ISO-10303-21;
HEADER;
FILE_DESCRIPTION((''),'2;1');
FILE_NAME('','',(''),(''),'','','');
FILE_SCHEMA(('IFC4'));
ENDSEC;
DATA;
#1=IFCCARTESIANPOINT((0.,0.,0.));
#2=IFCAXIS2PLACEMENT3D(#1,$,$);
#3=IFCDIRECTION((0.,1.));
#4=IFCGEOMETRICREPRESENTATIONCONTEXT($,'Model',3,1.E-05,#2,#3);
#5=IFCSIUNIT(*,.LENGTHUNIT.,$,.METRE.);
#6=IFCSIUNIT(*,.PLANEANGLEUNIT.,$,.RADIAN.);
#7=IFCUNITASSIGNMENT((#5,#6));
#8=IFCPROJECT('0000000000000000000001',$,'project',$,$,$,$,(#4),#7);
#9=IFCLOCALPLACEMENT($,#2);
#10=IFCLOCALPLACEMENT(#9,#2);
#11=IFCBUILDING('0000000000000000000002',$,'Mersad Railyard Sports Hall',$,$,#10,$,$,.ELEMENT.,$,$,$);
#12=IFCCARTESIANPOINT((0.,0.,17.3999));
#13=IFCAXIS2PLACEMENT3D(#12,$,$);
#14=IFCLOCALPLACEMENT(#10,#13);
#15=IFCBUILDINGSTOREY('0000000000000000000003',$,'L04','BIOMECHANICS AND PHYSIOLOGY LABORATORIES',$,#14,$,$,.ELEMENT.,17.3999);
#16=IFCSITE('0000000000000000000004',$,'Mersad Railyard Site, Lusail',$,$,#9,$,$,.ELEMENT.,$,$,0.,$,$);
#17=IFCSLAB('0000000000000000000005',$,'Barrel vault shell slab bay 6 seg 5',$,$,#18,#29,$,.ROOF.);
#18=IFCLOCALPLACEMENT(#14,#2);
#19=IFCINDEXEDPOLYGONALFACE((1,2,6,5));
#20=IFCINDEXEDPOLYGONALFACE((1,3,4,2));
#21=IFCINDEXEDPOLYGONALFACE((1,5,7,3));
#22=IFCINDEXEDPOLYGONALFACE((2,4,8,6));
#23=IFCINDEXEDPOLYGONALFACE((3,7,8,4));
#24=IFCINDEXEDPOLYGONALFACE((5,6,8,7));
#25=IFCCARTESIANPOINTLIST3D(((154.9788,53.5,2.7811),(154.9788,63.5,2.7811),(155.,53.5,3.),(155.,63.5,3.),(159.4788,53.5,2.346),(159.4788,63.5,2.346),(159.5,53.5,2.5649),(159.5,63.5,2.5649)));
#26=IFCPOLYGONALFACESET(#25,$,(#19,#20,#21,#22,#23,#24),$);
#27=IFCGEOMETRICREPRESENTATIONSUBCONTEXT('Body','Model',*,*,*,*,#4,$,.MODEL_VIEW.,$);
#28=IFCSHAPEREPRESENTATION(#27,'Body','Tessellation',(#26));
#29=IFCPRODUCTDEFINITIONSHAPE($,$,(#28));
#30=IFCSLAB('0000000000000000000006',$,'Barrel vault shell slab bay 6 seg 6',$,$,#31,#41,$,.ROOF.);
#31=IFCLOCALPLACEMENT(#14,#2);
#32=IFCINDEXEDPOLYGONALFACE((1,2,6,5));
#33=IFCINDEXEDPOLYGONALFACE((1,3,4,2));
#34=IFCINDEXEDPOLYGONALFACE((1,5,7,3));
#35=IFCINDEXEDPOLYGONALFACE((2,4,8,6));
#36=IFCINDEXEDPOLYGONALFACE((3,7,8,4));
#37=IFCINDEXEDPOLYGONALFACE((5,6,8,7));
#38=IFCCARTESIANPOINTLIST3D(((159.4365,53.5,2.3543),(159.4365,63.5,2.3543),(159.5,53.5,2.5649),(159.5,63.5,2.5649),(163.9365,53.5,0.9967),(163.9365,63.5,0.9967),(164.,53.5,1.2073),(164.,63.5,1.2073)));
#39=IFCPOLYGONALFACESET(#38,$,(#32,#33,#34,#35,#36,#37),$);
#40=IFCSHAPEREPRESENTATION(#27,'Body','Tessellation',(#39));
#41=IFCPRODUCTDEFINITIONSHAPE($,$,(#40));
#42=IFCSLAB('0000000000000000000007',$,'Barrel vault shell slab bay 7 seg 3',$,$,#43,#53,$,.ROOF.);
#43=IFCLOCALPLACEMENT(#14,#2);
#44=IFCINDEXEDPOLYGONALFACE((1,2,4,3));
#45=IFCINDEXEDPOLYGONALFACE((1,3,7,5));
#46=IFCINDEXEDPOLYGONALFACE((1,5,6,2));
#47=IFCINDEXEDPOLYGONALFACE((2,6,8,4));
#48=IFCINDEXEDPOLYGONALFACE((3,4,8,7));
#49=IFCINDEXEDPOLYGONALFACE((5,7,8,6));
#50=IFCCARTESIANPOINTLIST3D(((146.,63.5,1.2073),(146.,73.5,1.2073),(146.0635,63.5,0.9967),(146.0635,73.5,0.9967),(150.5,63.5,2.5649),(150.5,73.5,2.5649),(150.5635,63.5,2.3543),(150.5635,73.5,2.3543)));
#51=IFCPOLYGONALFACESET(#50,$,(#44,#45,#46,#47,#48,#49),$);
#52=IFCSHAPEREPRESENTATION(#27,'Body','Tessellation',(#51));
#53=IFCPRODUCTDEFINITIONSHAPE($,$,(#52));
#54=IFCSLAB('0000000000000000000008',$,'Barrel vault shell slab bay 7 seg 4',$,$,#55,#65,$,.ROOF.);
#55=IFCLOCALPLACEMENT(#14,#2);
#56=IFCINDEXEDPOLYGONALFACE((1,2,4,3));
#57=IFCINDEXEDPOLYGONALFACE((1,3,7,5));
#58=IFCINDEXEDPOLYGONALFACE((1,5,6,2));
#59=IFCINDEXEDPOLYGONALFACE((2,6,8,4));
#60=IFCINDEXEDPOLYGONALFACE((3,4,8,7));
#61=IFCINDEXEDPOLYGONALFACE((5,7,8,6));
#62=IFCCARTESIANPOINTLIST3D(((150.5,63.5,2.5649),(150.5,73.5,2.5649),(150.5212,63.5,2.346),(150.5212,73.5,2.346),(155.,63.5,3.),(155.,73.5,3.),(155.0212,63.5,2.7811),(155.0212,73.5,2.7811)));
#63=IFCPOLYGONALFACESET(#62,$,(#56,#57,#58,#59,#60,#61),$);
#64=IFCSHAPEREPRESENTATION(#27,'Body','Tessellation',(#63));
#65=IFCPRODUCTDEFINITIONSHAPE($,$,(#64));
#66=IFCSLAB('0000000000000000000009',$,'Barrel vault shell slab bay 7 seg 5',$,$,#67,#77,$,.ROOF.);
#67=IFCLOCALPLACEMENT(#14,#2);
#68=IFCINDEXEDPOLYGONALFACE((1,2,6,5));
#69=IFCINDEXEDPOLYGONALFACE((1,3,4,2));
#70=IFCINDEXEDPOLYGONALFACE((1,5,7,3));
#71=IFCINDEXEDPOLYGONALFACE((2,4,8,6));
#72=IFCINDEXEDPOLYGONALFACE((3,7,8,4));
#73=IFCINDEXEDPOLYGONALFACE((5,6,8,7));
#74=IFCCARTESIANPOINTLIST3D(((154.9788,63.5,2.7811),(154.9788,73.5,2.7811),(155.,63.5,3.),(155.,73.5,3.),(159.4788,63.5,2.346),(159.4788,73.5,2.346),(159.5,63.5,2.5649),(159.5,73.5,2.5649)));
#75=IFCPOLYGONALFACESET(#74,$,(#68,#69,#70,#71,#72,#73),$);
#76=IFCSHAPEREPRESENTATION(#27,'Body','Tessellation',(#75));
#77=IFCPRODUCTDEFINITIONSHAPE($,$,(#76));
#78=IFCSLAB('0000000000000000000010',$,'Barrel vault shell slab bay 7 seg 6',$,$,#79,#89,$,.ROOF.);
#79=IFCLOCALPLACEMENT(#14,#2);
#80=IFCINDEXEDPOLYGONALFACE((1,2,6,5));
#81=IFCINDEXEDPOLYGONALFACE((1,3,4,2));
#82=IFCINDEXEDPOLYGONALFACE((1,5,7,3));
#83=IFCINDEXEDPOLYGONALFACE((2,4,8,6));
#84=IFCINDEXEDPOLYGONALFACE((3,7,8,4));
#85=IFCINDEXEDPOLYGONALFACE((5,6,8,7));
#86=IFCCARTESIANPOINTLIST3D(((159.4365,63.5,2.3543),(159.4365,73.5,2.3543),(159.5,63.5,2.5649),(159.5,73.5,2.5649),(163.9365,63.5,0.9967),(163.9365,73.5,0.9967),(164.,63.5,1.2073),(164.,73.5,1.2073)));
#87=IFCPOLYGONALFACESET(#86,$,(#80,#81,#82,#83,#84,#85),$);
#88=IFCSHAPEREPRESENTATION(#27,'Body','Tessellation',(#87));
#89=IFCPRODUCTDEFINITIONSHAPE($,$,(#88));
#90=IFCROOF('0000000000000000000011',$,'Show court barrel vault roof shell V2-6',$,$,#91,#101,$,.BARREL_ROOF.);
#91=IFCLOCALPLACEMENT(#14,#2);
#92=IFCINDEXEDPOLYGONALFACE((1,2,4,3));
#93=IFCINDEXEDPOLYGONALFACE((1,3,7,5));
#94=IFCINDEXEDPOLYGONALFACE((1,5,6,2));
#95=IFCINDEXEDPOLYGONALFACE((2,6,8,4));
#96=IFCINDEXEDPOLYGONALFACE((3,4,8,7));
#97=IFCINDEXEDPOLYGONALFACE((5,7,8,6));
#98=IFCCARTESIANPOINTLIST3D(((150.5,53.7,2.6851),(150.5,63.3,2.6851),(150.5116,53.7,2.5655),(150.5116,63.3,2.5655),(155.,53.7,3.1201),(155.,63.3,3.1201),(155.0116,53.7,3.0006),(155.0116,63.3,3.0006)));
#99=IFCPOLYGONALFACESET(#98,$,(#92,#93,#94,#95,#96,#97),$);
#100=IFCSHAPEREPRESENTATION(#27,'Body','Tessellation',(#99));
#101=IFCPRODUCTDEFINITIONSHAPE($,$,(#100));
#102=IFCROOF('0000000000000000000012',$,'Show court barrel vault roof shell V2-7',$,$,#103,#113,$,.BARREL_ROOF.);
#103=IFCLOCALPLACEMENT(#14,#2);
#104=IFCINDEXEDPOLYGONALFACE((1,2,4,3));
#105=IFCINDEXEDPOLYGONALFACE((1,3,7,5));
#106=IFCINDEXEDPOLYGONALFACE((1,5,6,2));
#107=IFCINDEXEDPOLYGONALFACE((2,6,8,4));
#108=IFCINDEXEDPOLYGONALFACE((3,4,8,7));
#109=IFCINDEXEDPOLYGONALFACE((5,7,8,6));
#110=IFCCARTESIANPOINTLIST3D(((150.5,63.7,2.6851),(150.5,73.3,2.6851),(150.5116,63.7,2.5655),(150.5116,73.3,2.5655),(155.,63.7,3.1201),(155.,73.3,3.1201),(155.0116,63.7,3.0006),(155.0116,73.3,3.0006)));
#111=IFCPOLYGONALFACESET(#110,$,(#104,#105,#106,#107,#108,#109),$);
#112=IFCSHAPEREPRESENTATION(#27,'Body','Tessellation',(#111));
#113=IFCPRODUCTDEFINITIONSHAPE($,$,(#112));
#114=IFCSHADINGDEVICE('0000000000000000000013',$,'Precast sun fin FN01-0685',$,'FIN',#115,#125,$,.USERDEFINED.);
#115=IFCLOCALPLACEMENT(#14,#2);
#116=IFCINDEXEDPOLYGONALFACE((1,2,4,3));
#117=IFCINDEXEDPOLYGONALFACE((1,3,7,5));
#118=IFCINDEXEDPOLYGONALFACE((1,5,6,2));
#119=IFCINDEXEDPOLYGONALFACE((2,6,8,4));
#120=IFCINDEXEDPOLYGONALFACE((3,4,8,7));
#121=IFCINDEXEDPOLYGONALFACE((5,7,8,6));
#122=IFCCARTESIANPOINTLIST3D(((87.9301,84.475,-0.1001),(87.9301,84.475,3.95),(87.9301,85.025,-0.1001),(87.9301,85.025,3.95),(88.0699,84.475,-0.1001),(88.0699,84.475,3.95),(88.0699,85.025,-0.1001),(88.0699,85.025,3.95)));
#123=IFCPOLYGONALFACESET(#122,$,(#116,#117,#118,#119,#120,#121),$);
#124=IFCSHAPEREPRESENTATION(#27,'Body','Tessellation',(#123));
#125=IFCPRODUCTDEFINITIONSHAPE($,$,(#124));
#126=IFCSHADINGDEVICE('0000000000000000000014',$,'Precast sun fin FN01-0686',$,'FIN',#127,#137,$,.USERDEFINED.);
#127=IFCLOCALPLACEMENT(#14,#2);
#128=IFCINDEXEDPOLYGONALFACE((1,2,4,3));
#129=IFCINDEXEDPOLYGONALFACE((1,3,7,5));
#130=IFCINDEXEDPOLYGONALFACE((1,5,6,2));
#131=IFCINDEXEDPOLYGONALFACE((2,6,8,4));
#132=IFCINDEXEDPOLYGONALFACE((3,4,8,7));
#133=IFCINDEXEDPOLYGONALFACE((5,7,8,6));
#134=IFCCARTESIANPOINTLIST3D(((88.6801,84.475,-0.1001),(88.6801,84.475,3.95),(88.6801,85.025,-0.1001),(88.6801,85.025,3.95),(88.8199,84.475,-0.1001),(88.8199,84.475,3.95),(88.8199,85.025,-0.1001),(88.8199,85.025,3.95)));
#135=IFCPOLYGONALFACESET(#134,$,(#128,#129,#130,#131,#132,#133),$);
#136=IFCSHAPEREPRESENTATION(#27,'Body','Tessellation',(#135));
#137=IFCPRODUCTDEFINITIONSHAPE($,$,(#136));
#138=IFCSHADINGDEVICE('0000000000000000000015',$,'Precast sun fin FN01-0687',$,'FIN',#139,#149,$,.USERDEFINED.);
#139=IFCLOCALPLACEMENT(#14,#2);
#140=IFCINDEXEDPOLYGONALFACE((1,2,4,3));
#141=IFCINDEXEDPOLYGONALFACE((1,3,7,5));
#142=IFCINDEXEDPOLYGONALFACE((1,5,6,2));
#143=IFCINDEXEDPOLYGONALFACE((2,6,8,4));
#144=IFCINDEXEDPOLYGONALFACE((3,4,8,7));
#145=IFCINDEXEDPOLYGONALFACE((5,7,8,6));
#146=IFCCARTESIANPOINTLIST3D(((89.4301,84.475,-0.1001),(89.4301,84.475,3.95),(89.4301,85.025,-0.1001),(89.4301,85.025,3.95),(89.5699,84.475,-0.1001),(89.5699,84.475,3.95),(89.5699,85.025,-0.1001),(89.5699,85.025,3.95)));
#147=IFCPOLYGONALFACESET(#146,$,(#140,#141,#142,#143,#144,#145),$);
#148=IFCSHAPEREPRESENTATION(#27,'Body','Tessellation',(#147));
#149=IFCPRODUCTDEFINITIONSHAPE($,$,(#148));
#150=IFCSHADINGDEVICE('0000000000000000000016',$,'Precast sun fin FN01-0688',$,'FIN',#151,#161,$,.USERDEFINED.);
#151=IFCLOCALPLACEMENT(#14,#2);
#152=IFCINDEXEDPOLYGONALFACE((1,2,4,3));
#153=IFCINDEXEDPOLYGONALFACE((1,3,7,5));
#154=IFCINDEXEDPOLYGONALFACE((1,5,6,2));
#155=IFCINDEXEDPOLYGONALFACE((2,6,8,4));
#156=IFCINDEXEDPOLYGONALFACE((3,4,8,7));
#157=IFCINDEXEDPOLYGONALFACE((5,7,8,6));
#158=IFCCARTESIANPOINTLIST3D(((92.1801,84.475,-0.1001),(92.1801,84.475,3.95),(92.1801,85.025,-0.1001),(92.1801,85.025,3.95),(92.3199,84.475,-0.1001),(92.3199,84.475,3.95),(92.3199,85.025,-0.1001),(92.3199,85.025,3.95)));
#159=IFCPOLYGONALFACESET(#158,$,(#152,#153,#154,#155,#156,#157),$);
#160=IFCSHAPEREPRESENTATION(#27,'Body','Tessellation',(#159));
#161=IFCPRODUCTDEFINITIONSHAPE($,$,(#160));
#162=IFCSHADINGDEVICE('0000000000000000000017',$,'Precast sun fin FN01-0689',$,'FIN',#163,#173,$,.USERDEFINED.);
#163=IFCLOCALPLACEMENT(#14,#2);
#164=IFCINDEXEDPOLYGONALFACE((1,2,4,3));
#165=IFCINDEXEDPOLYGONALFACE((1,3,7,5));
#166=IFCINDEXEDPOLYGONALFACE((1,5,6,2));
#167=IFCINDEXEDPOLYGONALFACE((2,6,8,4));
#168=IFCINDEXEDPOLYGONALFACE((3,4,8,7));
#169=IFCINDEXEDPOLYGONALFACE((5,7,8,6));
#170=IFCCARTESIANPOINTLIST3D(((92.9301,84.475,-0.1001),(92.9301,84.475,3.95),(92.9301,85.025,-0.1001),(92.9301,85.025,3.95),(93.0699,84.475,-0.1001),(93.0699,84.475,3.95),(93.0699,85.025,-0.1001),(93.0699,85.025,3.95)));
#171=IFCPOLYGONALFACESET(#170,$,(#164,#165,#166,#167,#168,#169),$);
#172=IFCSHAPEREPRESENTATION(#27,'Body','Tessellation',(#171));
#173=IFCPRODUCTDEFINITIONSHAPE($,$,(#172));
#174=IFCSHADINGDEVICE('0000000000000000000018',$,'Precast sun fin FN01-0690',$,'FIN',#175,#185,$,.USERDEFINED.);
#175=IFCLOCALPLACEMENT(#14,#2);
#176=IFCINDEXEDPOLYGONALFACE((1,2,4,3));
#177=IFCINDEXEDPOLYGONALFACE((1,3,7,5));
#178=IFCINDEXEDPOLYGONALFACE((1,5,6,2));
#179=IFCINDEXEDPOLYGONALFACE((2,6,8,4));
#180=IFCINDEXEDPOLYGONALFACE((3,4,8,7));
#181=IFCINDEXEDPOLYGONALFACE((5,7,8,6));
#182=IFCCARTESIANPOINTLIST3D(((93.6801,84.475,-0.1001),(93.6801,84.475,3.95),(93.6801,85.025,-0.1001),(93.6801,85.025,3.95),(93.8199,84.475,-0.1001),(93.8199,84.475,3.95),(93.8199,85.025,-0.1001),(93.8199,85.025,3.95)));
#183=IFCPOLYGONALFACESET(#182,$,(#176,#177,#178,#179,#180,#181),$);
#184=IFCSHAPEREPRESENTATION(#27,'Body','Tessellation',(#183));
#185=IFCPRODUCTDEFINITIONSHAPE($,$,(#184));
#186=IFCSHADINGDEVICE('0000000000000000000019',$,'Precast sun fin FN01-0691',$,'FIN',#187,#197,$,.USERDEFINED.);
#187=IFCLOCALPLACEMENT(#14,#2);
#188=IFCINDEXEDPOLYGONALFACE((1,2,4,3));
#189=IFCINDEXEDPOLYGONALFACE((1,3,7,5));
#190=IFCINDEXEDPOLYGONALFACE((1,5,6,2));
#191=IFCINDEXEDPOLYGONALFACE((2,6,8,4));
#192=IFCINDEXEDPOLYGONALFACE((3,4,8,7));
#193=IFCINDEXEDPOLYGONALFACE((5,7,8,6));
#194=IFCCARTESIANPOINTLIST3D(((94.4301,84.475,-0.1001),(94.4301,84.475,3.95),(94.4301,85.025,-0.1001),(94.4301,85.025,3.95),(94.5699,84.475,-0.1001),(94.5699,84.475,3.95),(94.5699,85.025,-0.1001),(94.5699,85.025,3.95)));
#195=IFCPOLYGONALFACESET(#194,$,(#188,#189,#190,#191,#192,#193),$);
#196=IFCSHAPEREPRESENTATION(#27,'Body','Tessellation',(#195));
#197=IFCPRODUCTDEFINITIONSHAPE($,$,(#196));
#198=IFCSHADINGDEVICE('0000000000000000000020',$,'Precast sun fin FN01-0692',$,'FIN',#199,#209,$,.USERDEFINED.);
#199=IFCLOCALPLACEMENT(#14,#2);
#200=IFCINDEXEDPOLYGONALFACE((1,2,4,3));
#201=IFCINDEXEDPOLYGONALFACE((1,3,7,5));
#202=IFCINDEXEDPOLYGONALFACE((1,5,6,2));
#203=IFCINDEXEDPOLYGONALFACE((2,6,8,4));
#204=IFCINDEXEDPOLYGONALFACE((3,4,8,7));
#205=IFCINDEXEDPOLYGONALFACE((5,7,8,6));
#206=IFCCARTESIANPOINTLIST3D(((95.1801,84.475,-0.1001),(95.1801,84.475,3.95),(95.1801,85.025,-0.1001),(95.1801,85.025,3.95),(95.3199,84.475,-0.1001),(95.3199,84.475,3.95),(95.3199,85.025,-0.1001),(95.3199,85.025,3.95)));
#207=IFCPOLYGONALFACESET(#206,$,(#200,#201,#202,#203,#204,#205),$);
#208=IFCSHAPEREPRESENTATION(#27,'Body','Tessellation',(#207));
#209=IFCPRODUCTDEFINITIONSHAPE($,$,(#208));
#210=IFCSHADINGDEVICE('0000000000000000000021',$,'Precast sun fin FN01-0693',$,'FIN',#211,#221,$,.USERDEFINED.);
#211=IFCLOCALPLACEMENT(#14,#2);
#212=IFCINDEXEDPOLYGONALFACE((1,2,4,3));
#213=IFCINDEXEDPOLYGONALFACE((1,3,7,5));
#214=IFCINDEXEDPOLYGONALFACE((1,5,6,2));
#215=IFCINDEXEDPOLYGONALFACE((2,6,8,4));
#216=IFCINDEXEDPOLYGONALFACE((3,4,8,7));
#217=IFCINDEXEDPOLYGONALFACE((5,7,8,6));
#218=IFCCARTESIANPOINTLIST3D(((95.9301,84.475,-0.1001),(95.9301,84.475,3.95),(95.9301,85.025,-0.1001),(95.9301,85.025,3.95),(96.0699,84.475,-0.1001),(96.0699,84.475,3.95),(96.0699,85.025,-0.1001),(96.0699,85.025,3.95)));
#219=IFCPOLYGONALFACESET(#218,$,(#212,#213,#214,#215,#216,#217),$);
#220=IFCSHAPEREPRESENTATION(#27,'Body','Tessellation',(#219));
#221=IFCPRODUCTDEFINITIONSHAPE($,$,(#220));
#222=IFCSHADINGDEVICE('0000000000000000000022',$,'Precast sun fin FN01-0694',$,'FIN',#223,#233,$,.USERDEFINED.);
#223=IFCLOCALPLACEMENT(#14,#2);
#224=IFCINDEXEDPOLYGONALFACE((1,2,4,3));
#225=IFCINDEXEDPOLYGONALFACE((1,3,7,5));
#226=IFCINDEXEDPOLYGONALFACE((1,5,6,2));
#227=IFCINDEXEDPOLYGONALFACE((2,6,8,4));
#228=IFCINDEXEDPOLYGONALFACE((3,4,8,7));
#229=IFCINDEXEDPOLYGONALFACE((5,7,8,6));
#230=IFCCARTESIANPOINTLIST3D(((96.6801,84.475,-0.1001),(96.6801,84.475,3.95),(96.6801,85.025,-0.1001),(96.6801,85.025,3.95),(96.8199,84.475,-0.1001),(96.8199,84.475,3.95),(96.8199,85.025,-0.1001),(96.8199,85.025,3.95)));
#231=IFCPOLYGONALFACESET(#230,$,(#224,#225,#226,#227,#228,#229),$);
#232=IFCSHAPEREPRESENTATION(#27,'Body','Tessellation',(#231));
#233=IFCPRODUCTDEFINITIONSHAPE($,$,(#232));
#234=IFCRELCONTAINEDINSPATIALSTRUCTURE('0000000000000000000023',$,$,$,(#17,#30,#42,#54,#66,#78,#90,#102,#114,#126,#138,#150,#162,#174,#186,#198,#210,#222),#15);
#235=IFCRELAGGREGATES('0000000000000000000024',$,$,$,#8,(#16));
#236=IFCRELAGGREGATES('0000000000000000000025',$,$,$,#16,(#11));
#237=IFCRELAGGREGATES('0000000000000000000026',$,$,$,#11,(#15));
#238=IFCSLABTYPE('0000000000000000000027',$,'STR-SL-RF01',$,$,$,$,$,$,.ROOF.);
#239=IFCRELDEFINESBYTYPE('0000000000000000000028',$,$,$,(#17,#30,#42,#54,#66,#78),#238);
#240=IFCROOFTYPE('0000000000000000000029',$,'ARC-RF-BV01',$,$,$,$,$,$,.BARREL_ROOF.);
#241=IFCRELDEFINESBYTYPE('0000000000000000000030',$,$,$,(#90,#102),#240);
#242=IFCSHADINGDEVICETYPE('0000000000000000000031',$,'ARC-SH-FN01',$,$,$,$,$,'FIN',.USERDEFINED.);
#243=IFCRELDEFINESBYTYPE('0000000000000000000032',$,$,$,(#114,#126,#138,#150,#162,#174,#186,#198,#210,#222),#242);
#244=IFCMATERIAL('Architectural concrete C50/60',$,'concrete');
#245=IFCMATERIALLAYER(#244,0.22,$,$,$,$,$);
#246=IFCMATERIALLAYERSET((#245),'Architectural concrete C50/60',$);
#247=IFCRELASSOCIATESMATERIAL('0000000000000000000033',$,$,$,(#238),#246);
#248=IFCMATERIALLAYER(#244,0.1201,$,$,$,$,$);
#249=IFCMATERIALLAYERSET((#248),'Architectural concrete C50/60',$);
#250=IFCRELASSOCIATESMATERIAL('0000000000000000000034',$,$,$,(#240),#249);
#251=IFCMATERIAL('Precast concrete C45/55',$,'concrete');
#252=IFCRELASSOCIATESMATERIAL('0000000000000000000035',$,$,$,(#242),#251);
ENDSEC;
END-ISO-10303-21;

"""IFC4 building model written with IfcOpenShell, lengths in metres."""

from ifc_helpers import new_model, si_unit, direction, frame, origin, origin_2d, place, context, subcontext, project, spatial, polyline, rectangle, outline, extrude, material, layer, layer_set, type_object, element, save


model = new_model("IFC4")

# Units and contexts
model_context = context("Model", 3, precision=1e-05, world=origin(), true_north=direction((0.0, 1.0)))
body_context = subcontext(model_context, "Body", "Model", "MODEL_VIEW")
ifc_project = project(units=[si_unit("LENGTHUNIT", "METRE"), si_unit("PLANEANGLEUNIT", "RADIAN")], contexts=[model_context])

# Site, building, storey
site_placement = place(None, origin())
site = spatial("IfcSite", under=ifc_project, at=site_placement, Name="Mersad Railyard Site, Lusail", CompositionType="ELEMENT", RefElevation=0.0)
building_placement = place(site_placement, origin())
building = spatial("IfcBuilding", under=site, at=building_placement, Name="Mersad Railyard Sports Hall", CompositionType="ELEMENT")
storey_placement = place(building_placement, frame((0.0, 0.0, 17.3999)))
storey = spatial("IfcBuildingStorey", under=building, at=storey_placement, Name="L04", Description="BIOMECHANICS AND PHYSIOLOGY LABORATORIES", CompositionType="ELEMENT", Elevation=17.3999)

# Slabs
ifc_material_1 = material(Name="Architectural concrete C50/60", Category="concrete")
ifc_layer_1 = layer(ifc_material_1, 0.22)
ifc_layer_set_1 = layer_set([ifc_layer_1], Name="Architectural concrete C50/60")
slab_type = type_object("IfcSlabType", Name="STR-SL-RF01", PredefinedType="ROOF", material=ifc_layer_set_1)
slab_1_placement = place(storey_placement, frame((155.0, 53.5, 3.0), z_axis=(0.096231, 0.0, 0.995359), x_axis=(0.995359, 0.0, -0.096231)))
element("IfcSlab", 1, at=slab_1_placement, inside=storey, type_object=slab_type, Name="Barrel vault shell slab bay 6 seg 5", PredefinedType="ROOF", context=body_context, shape_type="SweptSolid", body=[
    extrude(outline(polyline([(0.0, 0.0), (4.521, 0.0), (4.521, 10.0), (0.0, 10.0), (0.0, 0.0)])), origin(), (0.0, 0.0, -1.0), 0.22),
])
for number, where, z_axis, x_axis, name in (
    (2, (159.5, 53.5, 2.5649), (0.288844, 0.0, 0.957376), (0.957376, 0.0, -0.288844), "Barrel vault shell slab bay 6 seg 6"),
    (3, (146.0, 63.5, 1.2073), (-0.288844, 0.0, 0.957376), (0.957376, 0.0, 0.288844), "Barrel vault shell slab bay 7 seg 3"),
):
    element("IfcSlab", number, at=place(storey_placement, frame(where, z_axis=z_axis, x_axis=x_axis)), inside=storey, type_object=slab_type, Name=name, PredefinedType="ROOF", context=body_context, shape_type="SweptSolid", body=[
        extrude(outline(polyline([(0.0, 0.0), (4.7003, 0.0), (4.7003, 10.0), (0.0, 10.0), (0.0, 0.0)])), origin(), (0.0, 0.0, -1.0), 0.22),
    ])
for number, where, z_axis, x_axis, name in (
    (4, (150.5, 63.5, 2.5649), (-0.096231, 0.0, 0.995359), (0.995359, 0.0, 0.096231), "Barrel vault shell slab bay 7 seg 4"),
    (5, (155.0, 63.5, 3.0), (0.096231, 0.0, 0.995359), (0.995359, 0.0, -0.096231), "Barrel vault shell slab bay 7 seg 5"),
):
    element("IfcSlab", number, at=place(storey_placement, frame(where, z_axis=z_axis, x_axis=x_axis)), inside=storey, type_object=slab_type, Name=name, PredefinedType="ROOF", context=body_context, shape_type="SweptSolid", body=[
        extrude(outline(polyline([(0.0, 0.0), (4.521, 0.0), (4.521, 10.0), (0.0, 10.0), (0.0, 0.0)])), origin(), (0.0, 0.0, -1.0), 0.22),
    ])
slab_2_placement = place(storey_placement, frame((159.5, 63.5, 2.5649), z_axis=(0.288844, 0.0, 0.957376), x_axis=(0.957376, 0.0, -0.288844)))
element("IfcSlab", 6, at=slab_2_placement, inside=storey, type_object=slab_type, Name="Barrel vault shell slab bay 7 seg 6", PredefinedType="ROOF", context=body_context, shape_type="SweptSolid", body=[
    extrude(outline(polyline([(0.0, 0.0), (4.7003, 0.0), (4.7003, 10.0), (0.0, 10.0), (0.0, 0.0)])), origin(), (0.0, 0.0, -1.0), 0.22),
])

# Roofs
ifc_layer_2 = layer(ifc_material_1, 0.1201)
ifc_layer_set_2 = layer_set([ifc_layer_2], Name="Architectural concrete C50/60")
roof_type = type_object("IfcRoofType", Name="ARC-RF-BV01", PredefinedType="BARREL_ROOF", material=ifc_layer_set_2)
for number, where, z_axis, x_axis, name in (
    (7, (150.5, 53.7, 2.6851), (-0.096231, 0.0, 0.995359), (0.995359, 0.0, 0.096231), "Show court barrel vault roof shell V2-6"),
    (8, (150.5, 63.7, 2.6851), (-0.096231, 0.0, 0.995359), (0.995359, 0.0, 0.096231), "Show court barrel vault roof shell V2-7"),
):
    element("IfcRoof", number, at=place(storey_placement, frame(where, z_axis=z_axis, x_axis=x_axis)), inside=storey, type_object=roof_type, Name=name, PredefinedType="BARREL_ROOF", context=body_context, shape_type="SweptSolid", body=[
        extrude(outline(polyline([(0.0, 0.0), (4.521, 0.0), (4.521, 9.6001), (0.0, 9.6001), (0.0, 0.0)])), origin(), (0.0, 0.0, -1.0), 0.1201),
    ])

# Shading devices
ifc_material_2 = material(Name="Precast concrete C45/55", Category="concrete")
shading_device_type = type_object("IfcShadingDeviceType", Name="ARC-SH-FN01", ElementType="FIN", PredefinedType="USERDEFINED", material=ifc_material_2)
for number, where, z_axis, x_axis, name in (
    (9, (88.0, 84.75, -0.1001), (0.0, 0.0, 1.0), (1.0, 0.0, 0.0), "Precast sun fin FN01-0685"),
    (10, (88.75, 84.75, -0.1001), (0.0, 0.0, 1.0), (1.0, 0.0, 0.0), "Precast sun fin FN01-0686"),
    (11, (89.5, 84.75, -0.1001), (0.0, 0.0, 1.0), (1.0, 0.0, 0.0), "Precast sun fin FN01-0687"),
    (12, (92.25, 84.75, -0.1001), (0.0, 0.0, 1.0), (1.0, 0.0, 0.0), "Precast sun fin FN01-0688"),
    (13, (93.0, 84.75, -0.1001), (0.0, 0.0, 1.0), (1.0, 0.0, 0.0), "Precast sun fin FN01-0689"),
    (14, (93.75, 84.75, -0.1001), (0.0, 0.0, 1.0), (1.0, 0.0, 0.0), "Precast sun fin FN01-0690"),
    (15, (94.5, 84.75, -0.1001), (0.0, 0.0, 1.0), (1.0, 0.0, 0.0), "Precast sun fin FN01-0691"),
    (16, (95.25, 84.75, -0.1001), (0.0, 0.0, 1.0), (1.0, 0.0, 0.0), "Precast sun fin FN01-0692"),
    (17, (96.0, 84.75, -0.1001), (0.0, 0.0, 1.0), (1.0, 0.0, 0.0), "Precast sun fin FN01-0693"),
    (18, (96.75, 84.75, -0.1001), (0.0, 0.0, 1.0), (1.0, 0.0, 0.0), "Precast sun fin FN01-0694"),
):
    element("IfcShadingDevice", number, at=place(storey_placement, frame(where, z_axis=z_axis, x_axis=x_axis)), inside=storey, type_object=shading_device_type, Name=name, ObjectType="FIN", PredefinedType="USERDEFINED", context=body_context, shape_type="SweptSolid", body=[
        extrude(rectangle(XDim=0.1399, YDim=0.55, at=origin_2d()), origin(), (0.0, 0.0, 1.0), 4.05),
    ])

save(model, "model.ifc")
